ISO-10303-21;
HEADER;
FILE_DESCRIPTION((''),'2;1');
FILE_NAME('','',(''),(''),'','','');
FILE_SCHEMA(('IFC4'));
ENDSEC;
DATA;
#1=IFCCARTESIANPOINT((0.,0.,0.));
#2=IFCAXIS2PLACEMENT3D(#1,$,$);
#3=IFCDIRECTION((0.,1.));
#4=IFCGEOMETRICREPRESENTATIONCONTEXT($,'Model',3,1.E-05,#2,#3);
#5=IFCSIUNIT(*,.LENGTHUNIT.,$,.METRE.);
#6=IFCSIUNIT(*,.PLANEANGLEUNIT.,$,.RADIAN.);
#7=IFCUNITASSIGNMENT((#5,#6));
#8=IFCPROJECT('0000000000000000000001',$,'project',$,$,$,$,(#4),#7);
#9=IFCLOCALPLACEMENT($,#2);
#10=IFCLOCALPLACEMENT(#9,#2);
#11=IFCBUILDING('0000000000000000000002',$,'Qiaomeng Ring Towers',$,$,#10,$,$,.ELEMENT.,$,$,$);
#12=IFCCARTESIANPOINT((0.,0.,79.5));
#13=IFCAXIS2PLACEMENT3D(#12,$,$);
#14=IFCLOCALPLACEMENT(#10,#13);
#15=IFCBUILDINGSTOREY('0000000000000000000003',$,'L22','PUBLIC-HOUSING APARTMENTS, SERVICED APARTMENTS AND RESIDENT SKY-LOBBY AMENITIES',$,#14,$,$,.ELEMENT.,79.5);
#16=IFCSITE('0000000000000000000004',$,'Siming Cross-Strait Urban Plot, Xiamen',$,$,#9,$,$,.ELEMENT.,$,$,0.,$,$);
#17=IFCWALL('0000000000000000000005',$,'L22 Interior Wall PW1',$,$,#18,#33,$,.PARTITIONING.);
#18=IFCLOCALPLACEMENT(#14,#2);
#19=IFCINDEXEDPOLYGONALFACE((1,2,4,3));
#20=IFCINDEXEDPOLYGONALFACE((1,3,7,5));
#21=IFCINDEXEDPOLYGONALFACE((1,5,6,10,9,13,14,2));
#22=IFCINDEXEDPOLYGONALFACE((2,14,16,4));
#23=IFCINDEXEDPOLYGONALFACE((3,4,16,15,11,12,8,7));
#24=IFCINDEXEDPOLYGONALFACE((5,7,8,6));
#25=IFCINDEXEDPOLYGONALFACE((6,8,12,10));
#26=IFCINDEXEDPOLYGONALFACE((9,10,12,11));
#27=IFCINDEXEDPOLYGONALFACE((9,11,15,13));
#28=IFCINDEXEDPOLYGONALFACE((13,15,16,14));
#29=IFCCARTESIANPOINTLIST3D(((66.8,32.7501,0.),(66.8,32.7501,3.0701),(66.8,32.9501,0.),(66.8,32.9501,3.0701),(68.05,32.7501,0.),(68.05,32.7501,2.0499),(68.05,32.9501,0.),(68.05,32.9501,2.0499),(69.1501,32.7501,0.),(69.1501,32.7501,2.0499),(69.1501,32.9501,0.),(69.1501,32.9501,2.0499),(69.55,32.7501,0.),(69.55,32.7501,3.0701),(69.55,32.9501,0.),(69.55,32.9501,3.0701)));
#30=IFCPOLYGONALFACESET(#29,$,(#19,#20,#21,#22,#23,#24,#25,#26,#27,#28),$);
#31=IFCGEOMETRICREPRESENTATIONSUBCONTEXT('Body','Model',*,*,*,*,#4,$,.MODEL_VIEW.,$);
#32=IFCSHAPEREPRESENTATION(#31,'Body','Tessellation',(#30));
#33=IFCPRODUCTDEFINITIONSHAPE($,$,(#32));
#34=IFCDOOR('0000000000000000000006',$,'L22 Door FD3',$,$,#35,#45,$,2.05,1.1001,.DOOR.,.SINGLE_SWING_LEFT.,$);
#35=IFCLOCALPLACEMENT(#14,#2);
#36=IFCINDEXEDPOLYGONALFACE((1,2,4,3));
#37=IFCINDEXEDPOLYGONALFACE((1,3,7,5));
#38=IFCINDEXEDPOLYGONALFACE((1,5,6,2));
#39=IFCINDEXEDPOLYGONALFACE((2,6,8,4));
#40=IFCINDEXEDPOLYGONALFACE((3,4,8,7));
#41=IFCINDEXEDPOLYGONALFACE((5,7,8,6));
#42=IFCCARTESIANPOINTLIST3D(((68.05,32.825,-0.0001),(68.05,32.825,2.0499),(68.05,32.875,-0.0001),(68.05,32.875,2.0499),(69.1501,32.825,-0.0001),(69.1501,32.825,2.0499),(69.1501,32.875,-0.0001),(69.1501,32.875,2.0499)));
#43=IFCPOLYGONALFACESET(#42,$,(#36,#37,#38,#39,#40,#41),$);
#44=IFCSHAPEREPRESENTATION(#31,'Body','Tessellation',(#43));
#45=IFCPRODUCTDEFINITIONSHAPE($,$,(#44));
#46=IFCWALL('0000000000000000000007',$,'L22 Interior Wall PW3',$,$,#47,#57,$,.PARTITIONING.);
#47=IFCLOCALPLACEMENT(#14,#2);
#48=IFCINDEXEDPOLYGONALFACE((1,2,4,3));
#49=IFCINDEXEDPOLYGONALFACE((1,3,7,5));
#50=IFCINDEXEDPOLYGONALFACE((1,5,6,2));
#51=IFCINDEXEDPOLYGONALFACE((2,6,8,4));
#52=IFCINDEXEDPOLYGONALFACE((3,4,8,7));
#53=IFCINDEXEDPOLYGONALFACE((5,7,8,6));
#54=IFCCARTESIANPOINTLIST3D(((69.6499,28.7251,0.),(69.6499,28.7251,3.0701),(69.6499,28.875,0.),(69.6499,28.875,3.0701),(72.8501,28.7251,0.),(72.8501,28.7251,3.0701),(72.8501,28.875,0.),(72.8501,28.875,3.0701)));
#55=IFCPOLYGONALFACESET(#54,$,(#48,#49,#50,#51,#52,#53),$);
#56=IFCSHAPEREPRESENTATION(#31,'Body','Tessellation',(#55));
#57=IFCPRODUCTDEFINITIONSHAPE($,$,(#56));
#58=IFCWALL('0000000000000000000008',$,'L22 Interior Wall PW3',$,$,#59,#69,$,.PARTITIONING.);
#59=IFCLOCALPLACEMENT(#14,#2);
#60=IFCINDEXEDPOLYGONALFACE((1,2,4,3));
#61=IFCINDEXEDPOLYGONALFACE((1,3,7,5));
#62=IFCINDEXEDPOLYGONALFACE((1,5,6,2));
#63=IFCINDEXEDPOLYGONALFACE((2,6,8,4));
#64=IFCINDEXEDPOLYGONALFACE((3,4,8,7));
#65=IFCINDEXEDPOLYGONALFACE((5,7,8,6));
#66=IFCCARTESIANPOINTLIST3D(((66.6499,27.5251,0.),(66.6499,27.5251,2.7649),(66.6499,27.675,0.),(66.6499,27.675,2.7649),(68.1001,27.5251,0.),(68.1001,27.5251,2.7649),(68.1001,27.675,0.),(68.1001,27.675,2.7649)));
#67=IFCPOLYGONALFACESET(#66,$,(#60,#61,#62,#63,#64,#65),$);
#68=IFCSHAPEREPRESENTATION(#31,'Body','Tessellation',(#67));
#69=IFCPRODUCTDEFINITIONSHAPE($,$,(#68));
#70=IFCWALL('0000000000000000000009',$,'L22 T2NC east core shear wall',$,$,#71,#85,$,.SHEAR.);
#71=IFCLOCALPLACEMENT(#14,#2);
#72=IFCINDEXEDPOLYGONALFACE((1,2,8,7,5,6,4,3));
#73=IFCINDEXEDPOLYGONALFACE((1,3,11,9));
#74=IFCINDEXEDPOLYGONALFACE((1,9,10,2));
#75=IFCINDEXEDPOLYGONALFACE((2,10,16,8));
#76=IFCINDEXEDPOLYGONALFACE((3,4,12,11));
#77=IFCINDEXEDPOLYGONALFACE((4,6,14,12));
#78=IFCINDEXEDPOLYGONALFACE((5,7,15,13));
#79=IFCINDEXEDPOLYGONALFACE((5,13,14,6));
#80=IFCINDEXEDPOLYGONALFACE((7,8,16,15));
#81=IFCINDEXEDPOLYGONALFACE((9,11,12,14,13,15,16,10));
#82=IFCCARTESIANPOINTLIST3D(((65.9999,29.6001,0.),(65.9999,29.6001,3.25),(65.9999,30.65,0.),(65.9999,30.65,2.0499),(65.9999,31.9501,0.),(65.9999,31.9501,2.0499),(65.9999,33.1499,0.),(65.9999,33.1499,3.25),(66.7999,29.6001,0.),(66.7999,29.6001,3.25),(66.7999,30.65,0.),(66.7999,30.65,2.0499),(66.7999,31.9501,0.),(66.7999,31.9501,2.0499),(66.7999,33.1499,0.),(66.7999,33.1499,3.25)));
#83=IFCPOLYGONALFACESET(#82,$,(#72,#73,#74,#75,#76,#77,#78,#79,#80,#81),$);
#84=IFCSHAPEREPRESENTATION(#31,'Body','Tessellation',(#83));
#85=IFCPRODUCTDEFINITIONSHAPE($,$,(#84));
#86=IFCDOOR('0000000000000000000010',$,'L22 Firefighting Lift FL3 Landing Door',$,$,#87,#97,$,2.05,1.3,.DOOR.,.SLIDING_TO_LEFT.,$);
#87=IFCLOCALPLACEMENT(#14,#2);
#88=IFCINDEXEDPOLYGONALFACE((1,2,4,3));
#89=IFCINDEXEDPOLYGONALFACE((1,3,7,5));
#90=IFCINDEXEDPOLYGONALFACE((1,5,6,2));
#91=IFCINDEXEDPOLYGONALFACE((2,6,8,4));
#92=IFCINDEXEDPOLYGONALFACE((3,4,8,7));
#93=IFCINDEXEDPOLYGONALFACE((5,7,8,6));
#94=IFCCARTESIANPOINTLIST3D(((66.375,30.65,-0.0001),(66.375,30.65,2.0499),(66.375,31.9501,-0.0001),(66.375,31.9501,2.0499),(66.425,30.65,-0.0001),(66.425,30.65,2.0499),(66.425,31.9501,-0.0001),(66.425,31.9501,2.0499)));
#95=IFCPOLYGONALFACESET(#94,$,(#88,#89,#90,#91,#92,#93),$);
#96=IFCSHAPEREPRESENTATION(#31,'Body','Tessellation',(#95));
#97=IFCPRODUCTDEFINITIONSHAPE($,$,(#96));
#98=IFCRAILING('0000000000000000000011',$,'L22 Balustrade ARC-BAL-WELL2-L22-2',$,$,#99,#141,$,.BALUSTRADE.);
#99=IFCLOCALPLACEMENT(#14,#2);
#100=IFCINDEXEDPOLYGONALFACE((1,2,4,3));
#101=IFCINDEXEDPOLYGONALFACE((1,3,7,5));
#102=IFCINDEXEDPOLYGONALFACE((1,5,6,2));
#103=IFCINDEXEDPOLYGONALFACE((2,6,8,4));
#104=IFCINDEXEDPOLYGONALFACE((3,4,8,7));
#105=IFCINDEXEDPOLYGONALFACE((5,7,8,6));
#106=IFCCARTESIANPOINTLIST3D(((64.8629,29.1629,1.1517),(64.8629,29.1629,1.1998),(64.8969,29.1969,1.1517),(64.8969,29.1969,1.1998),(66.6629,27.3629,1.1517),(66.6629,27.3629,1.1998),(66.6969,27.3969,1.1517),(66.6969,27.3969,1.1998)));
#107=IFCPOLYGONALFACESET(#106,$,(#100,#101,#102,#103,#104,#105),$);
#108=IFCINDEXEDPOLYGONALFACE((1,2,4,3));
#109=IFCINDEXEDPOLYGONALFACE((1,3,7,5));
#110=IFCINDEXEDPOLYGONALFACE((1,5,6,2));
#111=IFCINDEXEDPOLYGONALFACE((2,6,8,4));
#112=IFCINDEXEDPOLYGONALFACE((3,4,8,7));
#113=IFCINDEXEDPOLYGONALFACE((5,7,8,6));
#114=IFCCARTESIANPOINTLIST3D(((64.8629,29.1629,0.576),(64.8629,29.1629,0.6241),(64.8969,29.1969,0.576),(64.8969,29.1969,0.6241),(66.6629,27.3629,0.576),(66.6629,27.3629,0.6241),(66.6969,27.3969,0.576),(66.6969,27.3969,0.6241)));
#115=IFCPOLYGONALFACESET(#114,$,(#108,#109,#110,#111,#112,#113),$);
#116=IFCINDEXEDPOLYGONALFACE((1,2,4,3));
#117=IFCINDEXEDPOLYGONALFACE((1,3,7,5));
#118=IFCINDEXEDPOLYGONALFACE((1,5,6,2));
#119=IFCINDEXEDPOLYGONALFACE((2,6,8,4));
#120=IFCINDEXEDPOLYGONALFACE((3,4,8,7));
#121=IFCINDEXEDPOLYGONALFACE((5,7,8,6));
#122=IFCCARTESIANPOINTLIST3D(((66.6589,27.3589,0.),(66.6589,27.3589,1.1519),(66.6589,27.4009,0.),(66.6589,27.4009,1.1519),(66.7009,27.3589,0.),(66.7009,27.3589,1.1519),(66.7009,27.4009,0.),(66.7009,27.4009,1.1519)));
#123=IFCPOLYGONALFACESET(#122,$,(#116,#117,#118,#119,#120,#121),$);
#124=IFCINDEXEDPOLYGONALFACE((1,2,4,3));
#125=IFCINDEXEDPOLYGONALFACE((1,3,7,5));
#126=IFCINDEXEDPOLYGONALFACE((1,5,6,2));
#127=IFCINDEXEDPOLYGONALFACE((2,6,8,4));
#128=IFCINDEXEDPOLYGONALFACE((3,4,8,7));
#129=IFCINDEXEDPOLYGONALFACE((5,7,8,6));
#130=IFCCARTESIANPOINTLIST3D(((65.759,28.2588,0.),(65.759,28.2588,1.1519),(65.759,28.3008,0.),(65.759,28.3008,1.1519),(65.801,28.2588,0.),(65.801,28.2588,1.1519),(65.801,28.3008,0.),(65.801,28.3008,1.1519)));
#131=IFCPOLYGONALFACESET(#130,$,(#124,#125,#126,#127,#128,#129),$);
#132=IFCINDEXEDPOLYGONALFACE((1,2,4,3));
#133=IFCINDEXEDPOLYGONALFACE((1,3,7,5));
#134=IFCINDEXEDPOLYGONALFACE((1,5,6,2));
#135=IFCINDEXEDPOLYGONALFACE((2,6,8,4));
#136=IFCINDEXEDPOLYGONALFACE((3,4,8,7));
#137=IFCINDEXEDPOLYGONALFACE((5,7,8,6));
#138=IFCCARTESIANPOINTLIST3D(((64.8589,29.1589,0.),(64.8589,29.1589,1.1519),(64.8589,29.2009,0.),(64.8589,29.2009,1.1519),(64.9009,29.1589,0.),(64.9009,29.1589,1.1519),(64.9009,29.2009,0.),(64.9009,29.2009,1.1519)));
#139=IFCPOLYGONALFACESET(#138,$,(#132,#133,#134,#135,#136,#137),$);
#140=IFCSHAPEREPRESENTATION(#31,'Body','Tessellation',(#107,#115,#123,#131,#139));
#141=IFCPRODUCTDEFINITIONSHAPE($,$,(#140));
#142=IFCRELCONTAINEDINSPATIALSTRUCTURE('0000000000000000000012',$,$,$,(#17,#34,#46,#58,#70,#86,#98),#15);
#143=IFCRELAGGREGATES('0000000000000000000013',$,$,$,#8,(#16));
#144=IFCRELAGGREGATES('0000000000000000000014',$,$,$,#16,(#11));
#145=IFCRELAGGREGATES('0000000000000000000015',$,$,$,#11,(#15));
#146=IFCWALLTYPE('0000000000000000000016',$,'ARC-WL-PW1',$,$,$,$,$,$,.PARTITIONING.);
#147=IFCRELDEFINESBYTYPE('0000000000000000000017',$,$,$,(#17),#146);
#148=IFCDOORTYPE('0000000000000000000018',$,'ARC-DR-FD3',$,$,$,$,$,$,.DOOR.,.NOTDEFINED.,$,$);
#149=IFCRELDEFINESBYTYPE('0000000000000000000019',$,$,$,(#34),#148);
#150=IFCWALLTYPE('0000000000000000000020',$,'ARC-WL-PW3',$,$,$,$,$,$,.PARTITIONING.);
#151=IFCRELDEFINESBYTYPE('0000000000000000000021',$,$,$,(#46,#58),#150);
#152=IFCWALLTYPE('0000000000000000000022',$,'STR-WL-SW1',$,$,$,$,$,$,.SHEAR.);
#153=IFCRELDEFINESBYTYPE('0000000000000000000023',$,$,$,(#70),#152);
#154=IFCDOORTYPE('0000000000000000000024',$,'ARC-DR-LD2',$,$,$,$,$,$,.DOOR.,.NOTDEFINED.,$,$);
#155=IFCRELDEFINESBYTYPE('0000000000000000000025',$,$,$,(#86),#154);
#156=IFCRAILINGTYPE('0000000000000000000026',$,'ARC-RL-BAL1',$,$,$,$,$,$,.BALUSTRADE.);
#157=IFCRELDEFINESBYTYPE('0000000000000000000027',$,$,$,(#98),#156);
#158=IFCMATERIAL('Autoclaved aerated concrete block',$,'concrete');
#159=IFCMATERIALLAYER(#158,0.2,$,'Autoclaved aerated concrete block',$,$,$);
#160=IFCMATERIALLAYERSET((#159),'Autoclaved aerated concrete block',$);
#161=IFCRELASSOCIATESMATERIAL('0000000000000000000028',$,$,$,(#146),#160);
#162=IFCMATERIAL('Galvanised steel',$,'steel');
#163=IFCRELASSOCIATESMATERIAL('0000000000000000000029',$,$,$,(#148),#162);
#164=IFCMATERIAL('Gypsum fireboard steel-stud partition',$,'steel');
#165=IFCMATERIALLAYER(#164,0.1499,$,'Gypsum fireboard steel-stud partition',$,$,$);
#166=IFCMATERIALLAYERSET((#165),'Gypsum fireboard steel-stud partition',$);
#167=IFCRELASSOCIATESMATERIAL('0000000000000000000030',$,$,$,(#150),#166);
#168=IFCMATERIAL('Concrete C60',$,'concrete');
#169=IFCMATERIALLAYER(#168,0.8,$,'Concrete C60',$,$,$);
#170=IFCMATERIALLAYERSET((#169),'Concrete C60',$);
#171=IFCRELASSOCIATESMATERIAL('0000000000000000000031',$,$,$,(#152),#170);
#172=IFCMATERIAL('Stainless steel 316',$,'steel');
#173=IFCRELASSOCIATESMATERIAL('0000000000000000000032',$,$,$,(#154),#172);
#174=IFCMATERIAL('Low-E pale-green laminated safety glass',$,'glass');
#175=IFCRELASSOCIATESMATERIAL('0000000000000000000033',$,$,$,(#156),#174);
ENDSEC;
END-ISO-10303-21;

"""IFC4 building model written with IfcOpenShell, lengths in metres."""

from ifc_helpers import new_model, si_unit, direction, frame, frame_2d, origin, origin_2d, place, context, subcontext, project, spatial, rectangle, extrude, source, transform, mapped, material, layer, layer_set, type_object, element, fill, save


model = new_model("IFC4")

# Units and contexts
model_context = context("Model", 3, precision=1e-05, world=origin(), true_north=direction((0.0, 1.0)))
body_context = subcontext(model_context, "Body", "Model", "MODEL_VIEW")
ifc_project = project(units=[si_unit("LENGTHUNIT", "METRE"), si_unit("PLANEANGLEUNIT", "RADIAN")], contexts=[model_context])

# Site, building, storey
site_placement = place(None, origin())
site = spatial("IfcSite", under=ifc_project, at=site_placement, Name="Siming Cross-Strait Urban Plot, Xiamen", CompositionType="ELEMENT", RefElevation=0.0)
building_placement = place(site_placement, origin())
building = spatial("IfcBuilding", under=site, at=building_placement, Name="Qiaomeng Ring Towers", CompositionType="ELEMENT")
storey_placement = place(building_placement, frame((0.0, 0.0, 79.5)))
storey = spatial("IfcBuildingStorey", under=building, at=storey_placement, Name="L22", Description="PUBLIC-HOUSING APARTMENTS, SERVICED APARTMENTS AND RESIDENT SKY-LOBBY AMENITIES", CompositionType="ELEMENT", Elevation=79.5)

# Shared definitions
ifc_material_1 = material(Name="Autoclaved aerated concrete block", Category="concrete")
ifc_layer_1 = layer(ifc_material_1, 0.2, Name="Autoclaved aerated concrete block")
ifc_layer_set_1 = layer_set([ifc_layer_1], Name="Autoclaved aerated concrete block")
wall_type_1 = type_object("IfcWallType", Name="ARC-WL-PW1", PredefinedType="PARTITIONING", material=ifc_layer_set_1)

# Wall, opening, door
wall_1_placement = place(storey_placement, frame((66.8, 32.8501, 0.0), z_axis=(0.0, 0.0, 1.0), x_axis=(1.0, 0.0, 0.0)))
wall_1 = element("IfcWall", 1, at=wall_1_placement, inside=storey, type_object=wall_type_1, Name="L22 Interior Wall PW1", PredefinedType="PARTITIONING", context=body_context, shape_type="SweptSolid", body=[
    extrude(rectangle(XDim=2.75, YDim=0.2, at=frame_2d((1.375, 0.0))), origin(), (0.0, 0.0, 1.0), 3.0701),
])
opening_1_placement = place(wall_1_placement, frame((1.25, 0.0, 0.0)))
opening_1 = element("IfcOpeningElement", 2, at=opening_1_placement, cuts=wall_1, PredefinedType="OPENING", context=body_context, shape_type="SweptSolid", body=[
    extrude(rectangle(XDim=1.1001, YDim=2.05, at=frame_2d((0.55, 1.0249))), frame((0.0, 0.1099, 0.0), z_axis=(0.0, -1.0, 0.0), x_axis=(1.0, 0.0, 0.0)), (0.0, 0.0, 1.0), 0.22),
])
ifc_material_2 = material(Name="Galvanised steel", Category="steel")
door_type_1 = type_object("IfcDoorType", Name="ARC-DR-FD3", OperationType="NOTDEFINED", PredefinedType="DOOR", material=ifc_material_2)
shared_shape_1 = source(origin(), body_context, "Body", "SweptSolid", [
    extrude(rectangle(XDim=1.1001, YDim=2.05, at=frame_2d((0.55, 1.0249))), frame((0.0, 0.0249, 0.0), z_axis=(0.0, -1.0, 0.0), x_axis=(1.0, 0.0, 0.0)), (0.0, 0.0, 1.0), 0.05),
])
door_1_placement = place(opening_1_placement, origin())
door_1 = element("IfcDoor", 3, at=door_1_placement, inside=storey, type_object=door_type_1, Name="L22 Door FD3", OperationType="SINGLE_SWING_LEFT", OverallHeight=2.05, OverallWidth=1.1001, PredefinedType="DOOR", context=body_context, shape_type="MappedRepresentation", body=[
    mapped(shared_shape_1, transform((0.0, 0.0, 0.0), x_axis=(1.0, 0.0, 0.0), y_axis=(0.0, 1.0, 0.0), z_axis=(0.0, 0.0, 1.0), scale=1.0)),
])
fill(opening_1, door_1)

# Walls
ifc_material_3 = material(Name="Gypsum fireboard steel-stud partition", Category="steel")
ifc_layer_2 = layer(ifc_material_3, 0.1499, Name="Gypsum fireboard steel-stud partition")
ifc_layer_set_2 = layer_set([ifc_layer_2], Name="Gypsum fireboard steel-stud partition")
wall_type_2 = type_object("IfcWallType", Name="ARC-WL-PW3", PredefinedType="PARTITIONING", material=ifc_layer_set_2)
wall_2_placement = place(storey_placement, frame((69.6499, 28.8, 0.0), z_axis=(0.0, 0.0, 1.0), x_axis=(1.0, 0.0, 0.0)))
element("IfcWall", 4, at=wall_2_placement, inside=storey, type_object=wall_type_2, Name="L22 Interior Wall PW3", PredefinedType="PARTITIONING", context=body_context, shape_type="SweptSolid", body=[
    extrude(rectangle(XDim=3.2002, YDim=0.1499, at=frame_2d((1.6001, 0.0))), origin(), (0.0, 0.0, 1.0), 3.0701),
])
wall_3_placement = place(storey_placement, frame((66.6499, 27.6001, 0.0), z_axis=(0.0, 0.0, 1.0), x_axis=(1.0, 0.0, 0.0)))
element("IfcWall", 5, at=wall_3_placement, inside=storey, type_object=wall_type_2, Name="L22 Interior Wall PW3", PredefinedType="PARTITIONING", context=body_context, shape_type="SweptSolid", body=[
    extrude(rectangle(XDim=1.4502, YDim=0.1499, at=frame_2d((0.7251, 0.0))), origin(), (0.0, 0.0, 1.0), 2.7649),
])

# Wall, opening, door
ifc_material_4 = material(Name="Concrete C60", Category="concrete")
ifc_layer_3 = layer(ifc_material_4, 0.8, Name="Concrete C60")
ifc_layer_set_3 = layer_set([ifc_layer_3], Name="Concrete C60")
wall_type_3 = type_object("IfcWallType", Name="STR-WL-SW1", PredefinedType="SHEAR", material=ifc_layer_set_3)
wall_4_placement = place(storey_placement, frame((66.3999, 29.6001, 0.0), z_axis=(0.0, 0.0, 1.0), x_axis=(0.0, 1.0, 0.0)))
wall_4 = element("IfcWall", 6, at=wall_4_placement, inside=storey, type_object=wall_type_3, Name="L22 T2NC east core shear wall", PredefinedType="SHEAR", context=body_context, shape_type="SweptSolid", body=[
    extrude(rectangle(XDim=3.5498, YDim=0.8, at=frame_2d((1.7749, 0.0))), origin(), (0.0, 0.0, 1.0), 3.25),
])
opening_2_placement = place(wall_4_placement, frame((1.05, 0.0, 0.0)))
opening_2 = element("IfcOpeningElement", 7, at=opening_2_placement, cuts=wall_4, PredefinedType="OPENING", context=body_context, shape_type="SweptSolid", body=[
    extrude(rectangle(XDim=1.3, YDim=2.05, at=frame_2d((0.6499, 1.0249))), frame((0.0, 0.4099, 0.0), z_axis=(0.0, -1.0, 0.0), x_axis=(1.0, 0.0, 0.0)), (0.0, 0.0, 1.0), 0.8201),
])
ifc_material_5 = material(Name="Stainless steel 316", Category="steel")
door_type_2 = type_object("IfcDoorType", Name="ARC-DR-LD2", OperationType="NOTDEFINED", PredefinedType="DOOR", material=ifc_material_5)
shared_shape_2 = source(origin(), body_context, "Body", "SweptSolid", [
    extrude(rectangle(XDim=1.3, YDim=2.05, at=frame_2d((0.6499, 1.0249))), frame((0.0, 0.0249, 0.0), z_axis=(0.0, -1.0, 0.0), x_axis=(1.0, 0.0, 0.0)), (0.0, 0.0, 1.0), 0.05),
])
door_2_placement = place(opening_2_placement, origin())
door_2 = element("IfcDoor", 8, at=door_2_placement, inside=storey, type_object=door_type_2, Name="L22 Firefighting Lift FL3 Landing Door", OperationType="SLIDING_TO_LEFT", OverallHeight=2.05, OverallWidth=1.3, PredefinedType="DOOR", context=body_context, shape_type="MappedRepresentation", body=[
    mapped(shared_shape_2, transform((0.0, 0.0, 0.0), x_axis=(1.0, 0.0, 0.0), y_axis=(0.0, 1.0, 0.0), z_axis=(0.0, 0.0, 1.0), scale=1.0)),
])
fill(opening_2, door_2)

# Railing
ifc_material_6 = material(Name="Low-E pale-green laminated safety glass", Category="glass")
railing_type = type_object("IfcRailingType", Name="ARC-RL-BAL1", PredefinedType="BALUSTRADE", material=ifc_material_6)
railing_1_placement = place(storey_placement, frame((66.6799, 27.3799, 0.0)))
element("IfcRailing", 9, at=railing_1_placement, inside=storey, type_object=railing_type, Name="L22 Balustrade ARC-BAL-WELL2-L22-2", PredefinedType="BALUSTRADE", context=body_context, shape_type="SweptSolid", body=[
    extrude(rectangle(XDim=0.0481, YDim=0.0481, at=origin_2d()), frame((0.0, 0.0, 1.1758), z_axis=(-0.707107, 0.707107, 0.0), x_axis=(-0.707107, -0.707107, 0.0)), (0.0, 0.0, 1.0), 2.5457),
    extrude(rectangle(XDim=0.0481, YDim=0.0481, at=origin_2d()), frame((0.0, 0.0, 0.6001), z_axis=(-0.707107, 0.707107, 0.0), x_axis=(-0.707107, -0.707107, 0.0)), (0.0, 0.0, 1.0), 2.5457),
    extrude(rectangle(XDim=0.042, YDim=0.042, at=origin_2d()), origin(), (0.0, 0.0, 1.0), 1.1519),
    extrude(rectangle(XDim=0.042, YDim=0.042, at=origin_2d()), frame((-0.8999, 0.8999, 0.0)), (0.0, 0.0, 1.0), 1.1519),
    extrude(rectangle(XDim=0.042, YDim=0.042, at=origin_2d()), frame((-1.8, 1.8, 0.0)), (0.0, 0.0, 1.0), 1.1519),
])

save(model, "model.ifc")
